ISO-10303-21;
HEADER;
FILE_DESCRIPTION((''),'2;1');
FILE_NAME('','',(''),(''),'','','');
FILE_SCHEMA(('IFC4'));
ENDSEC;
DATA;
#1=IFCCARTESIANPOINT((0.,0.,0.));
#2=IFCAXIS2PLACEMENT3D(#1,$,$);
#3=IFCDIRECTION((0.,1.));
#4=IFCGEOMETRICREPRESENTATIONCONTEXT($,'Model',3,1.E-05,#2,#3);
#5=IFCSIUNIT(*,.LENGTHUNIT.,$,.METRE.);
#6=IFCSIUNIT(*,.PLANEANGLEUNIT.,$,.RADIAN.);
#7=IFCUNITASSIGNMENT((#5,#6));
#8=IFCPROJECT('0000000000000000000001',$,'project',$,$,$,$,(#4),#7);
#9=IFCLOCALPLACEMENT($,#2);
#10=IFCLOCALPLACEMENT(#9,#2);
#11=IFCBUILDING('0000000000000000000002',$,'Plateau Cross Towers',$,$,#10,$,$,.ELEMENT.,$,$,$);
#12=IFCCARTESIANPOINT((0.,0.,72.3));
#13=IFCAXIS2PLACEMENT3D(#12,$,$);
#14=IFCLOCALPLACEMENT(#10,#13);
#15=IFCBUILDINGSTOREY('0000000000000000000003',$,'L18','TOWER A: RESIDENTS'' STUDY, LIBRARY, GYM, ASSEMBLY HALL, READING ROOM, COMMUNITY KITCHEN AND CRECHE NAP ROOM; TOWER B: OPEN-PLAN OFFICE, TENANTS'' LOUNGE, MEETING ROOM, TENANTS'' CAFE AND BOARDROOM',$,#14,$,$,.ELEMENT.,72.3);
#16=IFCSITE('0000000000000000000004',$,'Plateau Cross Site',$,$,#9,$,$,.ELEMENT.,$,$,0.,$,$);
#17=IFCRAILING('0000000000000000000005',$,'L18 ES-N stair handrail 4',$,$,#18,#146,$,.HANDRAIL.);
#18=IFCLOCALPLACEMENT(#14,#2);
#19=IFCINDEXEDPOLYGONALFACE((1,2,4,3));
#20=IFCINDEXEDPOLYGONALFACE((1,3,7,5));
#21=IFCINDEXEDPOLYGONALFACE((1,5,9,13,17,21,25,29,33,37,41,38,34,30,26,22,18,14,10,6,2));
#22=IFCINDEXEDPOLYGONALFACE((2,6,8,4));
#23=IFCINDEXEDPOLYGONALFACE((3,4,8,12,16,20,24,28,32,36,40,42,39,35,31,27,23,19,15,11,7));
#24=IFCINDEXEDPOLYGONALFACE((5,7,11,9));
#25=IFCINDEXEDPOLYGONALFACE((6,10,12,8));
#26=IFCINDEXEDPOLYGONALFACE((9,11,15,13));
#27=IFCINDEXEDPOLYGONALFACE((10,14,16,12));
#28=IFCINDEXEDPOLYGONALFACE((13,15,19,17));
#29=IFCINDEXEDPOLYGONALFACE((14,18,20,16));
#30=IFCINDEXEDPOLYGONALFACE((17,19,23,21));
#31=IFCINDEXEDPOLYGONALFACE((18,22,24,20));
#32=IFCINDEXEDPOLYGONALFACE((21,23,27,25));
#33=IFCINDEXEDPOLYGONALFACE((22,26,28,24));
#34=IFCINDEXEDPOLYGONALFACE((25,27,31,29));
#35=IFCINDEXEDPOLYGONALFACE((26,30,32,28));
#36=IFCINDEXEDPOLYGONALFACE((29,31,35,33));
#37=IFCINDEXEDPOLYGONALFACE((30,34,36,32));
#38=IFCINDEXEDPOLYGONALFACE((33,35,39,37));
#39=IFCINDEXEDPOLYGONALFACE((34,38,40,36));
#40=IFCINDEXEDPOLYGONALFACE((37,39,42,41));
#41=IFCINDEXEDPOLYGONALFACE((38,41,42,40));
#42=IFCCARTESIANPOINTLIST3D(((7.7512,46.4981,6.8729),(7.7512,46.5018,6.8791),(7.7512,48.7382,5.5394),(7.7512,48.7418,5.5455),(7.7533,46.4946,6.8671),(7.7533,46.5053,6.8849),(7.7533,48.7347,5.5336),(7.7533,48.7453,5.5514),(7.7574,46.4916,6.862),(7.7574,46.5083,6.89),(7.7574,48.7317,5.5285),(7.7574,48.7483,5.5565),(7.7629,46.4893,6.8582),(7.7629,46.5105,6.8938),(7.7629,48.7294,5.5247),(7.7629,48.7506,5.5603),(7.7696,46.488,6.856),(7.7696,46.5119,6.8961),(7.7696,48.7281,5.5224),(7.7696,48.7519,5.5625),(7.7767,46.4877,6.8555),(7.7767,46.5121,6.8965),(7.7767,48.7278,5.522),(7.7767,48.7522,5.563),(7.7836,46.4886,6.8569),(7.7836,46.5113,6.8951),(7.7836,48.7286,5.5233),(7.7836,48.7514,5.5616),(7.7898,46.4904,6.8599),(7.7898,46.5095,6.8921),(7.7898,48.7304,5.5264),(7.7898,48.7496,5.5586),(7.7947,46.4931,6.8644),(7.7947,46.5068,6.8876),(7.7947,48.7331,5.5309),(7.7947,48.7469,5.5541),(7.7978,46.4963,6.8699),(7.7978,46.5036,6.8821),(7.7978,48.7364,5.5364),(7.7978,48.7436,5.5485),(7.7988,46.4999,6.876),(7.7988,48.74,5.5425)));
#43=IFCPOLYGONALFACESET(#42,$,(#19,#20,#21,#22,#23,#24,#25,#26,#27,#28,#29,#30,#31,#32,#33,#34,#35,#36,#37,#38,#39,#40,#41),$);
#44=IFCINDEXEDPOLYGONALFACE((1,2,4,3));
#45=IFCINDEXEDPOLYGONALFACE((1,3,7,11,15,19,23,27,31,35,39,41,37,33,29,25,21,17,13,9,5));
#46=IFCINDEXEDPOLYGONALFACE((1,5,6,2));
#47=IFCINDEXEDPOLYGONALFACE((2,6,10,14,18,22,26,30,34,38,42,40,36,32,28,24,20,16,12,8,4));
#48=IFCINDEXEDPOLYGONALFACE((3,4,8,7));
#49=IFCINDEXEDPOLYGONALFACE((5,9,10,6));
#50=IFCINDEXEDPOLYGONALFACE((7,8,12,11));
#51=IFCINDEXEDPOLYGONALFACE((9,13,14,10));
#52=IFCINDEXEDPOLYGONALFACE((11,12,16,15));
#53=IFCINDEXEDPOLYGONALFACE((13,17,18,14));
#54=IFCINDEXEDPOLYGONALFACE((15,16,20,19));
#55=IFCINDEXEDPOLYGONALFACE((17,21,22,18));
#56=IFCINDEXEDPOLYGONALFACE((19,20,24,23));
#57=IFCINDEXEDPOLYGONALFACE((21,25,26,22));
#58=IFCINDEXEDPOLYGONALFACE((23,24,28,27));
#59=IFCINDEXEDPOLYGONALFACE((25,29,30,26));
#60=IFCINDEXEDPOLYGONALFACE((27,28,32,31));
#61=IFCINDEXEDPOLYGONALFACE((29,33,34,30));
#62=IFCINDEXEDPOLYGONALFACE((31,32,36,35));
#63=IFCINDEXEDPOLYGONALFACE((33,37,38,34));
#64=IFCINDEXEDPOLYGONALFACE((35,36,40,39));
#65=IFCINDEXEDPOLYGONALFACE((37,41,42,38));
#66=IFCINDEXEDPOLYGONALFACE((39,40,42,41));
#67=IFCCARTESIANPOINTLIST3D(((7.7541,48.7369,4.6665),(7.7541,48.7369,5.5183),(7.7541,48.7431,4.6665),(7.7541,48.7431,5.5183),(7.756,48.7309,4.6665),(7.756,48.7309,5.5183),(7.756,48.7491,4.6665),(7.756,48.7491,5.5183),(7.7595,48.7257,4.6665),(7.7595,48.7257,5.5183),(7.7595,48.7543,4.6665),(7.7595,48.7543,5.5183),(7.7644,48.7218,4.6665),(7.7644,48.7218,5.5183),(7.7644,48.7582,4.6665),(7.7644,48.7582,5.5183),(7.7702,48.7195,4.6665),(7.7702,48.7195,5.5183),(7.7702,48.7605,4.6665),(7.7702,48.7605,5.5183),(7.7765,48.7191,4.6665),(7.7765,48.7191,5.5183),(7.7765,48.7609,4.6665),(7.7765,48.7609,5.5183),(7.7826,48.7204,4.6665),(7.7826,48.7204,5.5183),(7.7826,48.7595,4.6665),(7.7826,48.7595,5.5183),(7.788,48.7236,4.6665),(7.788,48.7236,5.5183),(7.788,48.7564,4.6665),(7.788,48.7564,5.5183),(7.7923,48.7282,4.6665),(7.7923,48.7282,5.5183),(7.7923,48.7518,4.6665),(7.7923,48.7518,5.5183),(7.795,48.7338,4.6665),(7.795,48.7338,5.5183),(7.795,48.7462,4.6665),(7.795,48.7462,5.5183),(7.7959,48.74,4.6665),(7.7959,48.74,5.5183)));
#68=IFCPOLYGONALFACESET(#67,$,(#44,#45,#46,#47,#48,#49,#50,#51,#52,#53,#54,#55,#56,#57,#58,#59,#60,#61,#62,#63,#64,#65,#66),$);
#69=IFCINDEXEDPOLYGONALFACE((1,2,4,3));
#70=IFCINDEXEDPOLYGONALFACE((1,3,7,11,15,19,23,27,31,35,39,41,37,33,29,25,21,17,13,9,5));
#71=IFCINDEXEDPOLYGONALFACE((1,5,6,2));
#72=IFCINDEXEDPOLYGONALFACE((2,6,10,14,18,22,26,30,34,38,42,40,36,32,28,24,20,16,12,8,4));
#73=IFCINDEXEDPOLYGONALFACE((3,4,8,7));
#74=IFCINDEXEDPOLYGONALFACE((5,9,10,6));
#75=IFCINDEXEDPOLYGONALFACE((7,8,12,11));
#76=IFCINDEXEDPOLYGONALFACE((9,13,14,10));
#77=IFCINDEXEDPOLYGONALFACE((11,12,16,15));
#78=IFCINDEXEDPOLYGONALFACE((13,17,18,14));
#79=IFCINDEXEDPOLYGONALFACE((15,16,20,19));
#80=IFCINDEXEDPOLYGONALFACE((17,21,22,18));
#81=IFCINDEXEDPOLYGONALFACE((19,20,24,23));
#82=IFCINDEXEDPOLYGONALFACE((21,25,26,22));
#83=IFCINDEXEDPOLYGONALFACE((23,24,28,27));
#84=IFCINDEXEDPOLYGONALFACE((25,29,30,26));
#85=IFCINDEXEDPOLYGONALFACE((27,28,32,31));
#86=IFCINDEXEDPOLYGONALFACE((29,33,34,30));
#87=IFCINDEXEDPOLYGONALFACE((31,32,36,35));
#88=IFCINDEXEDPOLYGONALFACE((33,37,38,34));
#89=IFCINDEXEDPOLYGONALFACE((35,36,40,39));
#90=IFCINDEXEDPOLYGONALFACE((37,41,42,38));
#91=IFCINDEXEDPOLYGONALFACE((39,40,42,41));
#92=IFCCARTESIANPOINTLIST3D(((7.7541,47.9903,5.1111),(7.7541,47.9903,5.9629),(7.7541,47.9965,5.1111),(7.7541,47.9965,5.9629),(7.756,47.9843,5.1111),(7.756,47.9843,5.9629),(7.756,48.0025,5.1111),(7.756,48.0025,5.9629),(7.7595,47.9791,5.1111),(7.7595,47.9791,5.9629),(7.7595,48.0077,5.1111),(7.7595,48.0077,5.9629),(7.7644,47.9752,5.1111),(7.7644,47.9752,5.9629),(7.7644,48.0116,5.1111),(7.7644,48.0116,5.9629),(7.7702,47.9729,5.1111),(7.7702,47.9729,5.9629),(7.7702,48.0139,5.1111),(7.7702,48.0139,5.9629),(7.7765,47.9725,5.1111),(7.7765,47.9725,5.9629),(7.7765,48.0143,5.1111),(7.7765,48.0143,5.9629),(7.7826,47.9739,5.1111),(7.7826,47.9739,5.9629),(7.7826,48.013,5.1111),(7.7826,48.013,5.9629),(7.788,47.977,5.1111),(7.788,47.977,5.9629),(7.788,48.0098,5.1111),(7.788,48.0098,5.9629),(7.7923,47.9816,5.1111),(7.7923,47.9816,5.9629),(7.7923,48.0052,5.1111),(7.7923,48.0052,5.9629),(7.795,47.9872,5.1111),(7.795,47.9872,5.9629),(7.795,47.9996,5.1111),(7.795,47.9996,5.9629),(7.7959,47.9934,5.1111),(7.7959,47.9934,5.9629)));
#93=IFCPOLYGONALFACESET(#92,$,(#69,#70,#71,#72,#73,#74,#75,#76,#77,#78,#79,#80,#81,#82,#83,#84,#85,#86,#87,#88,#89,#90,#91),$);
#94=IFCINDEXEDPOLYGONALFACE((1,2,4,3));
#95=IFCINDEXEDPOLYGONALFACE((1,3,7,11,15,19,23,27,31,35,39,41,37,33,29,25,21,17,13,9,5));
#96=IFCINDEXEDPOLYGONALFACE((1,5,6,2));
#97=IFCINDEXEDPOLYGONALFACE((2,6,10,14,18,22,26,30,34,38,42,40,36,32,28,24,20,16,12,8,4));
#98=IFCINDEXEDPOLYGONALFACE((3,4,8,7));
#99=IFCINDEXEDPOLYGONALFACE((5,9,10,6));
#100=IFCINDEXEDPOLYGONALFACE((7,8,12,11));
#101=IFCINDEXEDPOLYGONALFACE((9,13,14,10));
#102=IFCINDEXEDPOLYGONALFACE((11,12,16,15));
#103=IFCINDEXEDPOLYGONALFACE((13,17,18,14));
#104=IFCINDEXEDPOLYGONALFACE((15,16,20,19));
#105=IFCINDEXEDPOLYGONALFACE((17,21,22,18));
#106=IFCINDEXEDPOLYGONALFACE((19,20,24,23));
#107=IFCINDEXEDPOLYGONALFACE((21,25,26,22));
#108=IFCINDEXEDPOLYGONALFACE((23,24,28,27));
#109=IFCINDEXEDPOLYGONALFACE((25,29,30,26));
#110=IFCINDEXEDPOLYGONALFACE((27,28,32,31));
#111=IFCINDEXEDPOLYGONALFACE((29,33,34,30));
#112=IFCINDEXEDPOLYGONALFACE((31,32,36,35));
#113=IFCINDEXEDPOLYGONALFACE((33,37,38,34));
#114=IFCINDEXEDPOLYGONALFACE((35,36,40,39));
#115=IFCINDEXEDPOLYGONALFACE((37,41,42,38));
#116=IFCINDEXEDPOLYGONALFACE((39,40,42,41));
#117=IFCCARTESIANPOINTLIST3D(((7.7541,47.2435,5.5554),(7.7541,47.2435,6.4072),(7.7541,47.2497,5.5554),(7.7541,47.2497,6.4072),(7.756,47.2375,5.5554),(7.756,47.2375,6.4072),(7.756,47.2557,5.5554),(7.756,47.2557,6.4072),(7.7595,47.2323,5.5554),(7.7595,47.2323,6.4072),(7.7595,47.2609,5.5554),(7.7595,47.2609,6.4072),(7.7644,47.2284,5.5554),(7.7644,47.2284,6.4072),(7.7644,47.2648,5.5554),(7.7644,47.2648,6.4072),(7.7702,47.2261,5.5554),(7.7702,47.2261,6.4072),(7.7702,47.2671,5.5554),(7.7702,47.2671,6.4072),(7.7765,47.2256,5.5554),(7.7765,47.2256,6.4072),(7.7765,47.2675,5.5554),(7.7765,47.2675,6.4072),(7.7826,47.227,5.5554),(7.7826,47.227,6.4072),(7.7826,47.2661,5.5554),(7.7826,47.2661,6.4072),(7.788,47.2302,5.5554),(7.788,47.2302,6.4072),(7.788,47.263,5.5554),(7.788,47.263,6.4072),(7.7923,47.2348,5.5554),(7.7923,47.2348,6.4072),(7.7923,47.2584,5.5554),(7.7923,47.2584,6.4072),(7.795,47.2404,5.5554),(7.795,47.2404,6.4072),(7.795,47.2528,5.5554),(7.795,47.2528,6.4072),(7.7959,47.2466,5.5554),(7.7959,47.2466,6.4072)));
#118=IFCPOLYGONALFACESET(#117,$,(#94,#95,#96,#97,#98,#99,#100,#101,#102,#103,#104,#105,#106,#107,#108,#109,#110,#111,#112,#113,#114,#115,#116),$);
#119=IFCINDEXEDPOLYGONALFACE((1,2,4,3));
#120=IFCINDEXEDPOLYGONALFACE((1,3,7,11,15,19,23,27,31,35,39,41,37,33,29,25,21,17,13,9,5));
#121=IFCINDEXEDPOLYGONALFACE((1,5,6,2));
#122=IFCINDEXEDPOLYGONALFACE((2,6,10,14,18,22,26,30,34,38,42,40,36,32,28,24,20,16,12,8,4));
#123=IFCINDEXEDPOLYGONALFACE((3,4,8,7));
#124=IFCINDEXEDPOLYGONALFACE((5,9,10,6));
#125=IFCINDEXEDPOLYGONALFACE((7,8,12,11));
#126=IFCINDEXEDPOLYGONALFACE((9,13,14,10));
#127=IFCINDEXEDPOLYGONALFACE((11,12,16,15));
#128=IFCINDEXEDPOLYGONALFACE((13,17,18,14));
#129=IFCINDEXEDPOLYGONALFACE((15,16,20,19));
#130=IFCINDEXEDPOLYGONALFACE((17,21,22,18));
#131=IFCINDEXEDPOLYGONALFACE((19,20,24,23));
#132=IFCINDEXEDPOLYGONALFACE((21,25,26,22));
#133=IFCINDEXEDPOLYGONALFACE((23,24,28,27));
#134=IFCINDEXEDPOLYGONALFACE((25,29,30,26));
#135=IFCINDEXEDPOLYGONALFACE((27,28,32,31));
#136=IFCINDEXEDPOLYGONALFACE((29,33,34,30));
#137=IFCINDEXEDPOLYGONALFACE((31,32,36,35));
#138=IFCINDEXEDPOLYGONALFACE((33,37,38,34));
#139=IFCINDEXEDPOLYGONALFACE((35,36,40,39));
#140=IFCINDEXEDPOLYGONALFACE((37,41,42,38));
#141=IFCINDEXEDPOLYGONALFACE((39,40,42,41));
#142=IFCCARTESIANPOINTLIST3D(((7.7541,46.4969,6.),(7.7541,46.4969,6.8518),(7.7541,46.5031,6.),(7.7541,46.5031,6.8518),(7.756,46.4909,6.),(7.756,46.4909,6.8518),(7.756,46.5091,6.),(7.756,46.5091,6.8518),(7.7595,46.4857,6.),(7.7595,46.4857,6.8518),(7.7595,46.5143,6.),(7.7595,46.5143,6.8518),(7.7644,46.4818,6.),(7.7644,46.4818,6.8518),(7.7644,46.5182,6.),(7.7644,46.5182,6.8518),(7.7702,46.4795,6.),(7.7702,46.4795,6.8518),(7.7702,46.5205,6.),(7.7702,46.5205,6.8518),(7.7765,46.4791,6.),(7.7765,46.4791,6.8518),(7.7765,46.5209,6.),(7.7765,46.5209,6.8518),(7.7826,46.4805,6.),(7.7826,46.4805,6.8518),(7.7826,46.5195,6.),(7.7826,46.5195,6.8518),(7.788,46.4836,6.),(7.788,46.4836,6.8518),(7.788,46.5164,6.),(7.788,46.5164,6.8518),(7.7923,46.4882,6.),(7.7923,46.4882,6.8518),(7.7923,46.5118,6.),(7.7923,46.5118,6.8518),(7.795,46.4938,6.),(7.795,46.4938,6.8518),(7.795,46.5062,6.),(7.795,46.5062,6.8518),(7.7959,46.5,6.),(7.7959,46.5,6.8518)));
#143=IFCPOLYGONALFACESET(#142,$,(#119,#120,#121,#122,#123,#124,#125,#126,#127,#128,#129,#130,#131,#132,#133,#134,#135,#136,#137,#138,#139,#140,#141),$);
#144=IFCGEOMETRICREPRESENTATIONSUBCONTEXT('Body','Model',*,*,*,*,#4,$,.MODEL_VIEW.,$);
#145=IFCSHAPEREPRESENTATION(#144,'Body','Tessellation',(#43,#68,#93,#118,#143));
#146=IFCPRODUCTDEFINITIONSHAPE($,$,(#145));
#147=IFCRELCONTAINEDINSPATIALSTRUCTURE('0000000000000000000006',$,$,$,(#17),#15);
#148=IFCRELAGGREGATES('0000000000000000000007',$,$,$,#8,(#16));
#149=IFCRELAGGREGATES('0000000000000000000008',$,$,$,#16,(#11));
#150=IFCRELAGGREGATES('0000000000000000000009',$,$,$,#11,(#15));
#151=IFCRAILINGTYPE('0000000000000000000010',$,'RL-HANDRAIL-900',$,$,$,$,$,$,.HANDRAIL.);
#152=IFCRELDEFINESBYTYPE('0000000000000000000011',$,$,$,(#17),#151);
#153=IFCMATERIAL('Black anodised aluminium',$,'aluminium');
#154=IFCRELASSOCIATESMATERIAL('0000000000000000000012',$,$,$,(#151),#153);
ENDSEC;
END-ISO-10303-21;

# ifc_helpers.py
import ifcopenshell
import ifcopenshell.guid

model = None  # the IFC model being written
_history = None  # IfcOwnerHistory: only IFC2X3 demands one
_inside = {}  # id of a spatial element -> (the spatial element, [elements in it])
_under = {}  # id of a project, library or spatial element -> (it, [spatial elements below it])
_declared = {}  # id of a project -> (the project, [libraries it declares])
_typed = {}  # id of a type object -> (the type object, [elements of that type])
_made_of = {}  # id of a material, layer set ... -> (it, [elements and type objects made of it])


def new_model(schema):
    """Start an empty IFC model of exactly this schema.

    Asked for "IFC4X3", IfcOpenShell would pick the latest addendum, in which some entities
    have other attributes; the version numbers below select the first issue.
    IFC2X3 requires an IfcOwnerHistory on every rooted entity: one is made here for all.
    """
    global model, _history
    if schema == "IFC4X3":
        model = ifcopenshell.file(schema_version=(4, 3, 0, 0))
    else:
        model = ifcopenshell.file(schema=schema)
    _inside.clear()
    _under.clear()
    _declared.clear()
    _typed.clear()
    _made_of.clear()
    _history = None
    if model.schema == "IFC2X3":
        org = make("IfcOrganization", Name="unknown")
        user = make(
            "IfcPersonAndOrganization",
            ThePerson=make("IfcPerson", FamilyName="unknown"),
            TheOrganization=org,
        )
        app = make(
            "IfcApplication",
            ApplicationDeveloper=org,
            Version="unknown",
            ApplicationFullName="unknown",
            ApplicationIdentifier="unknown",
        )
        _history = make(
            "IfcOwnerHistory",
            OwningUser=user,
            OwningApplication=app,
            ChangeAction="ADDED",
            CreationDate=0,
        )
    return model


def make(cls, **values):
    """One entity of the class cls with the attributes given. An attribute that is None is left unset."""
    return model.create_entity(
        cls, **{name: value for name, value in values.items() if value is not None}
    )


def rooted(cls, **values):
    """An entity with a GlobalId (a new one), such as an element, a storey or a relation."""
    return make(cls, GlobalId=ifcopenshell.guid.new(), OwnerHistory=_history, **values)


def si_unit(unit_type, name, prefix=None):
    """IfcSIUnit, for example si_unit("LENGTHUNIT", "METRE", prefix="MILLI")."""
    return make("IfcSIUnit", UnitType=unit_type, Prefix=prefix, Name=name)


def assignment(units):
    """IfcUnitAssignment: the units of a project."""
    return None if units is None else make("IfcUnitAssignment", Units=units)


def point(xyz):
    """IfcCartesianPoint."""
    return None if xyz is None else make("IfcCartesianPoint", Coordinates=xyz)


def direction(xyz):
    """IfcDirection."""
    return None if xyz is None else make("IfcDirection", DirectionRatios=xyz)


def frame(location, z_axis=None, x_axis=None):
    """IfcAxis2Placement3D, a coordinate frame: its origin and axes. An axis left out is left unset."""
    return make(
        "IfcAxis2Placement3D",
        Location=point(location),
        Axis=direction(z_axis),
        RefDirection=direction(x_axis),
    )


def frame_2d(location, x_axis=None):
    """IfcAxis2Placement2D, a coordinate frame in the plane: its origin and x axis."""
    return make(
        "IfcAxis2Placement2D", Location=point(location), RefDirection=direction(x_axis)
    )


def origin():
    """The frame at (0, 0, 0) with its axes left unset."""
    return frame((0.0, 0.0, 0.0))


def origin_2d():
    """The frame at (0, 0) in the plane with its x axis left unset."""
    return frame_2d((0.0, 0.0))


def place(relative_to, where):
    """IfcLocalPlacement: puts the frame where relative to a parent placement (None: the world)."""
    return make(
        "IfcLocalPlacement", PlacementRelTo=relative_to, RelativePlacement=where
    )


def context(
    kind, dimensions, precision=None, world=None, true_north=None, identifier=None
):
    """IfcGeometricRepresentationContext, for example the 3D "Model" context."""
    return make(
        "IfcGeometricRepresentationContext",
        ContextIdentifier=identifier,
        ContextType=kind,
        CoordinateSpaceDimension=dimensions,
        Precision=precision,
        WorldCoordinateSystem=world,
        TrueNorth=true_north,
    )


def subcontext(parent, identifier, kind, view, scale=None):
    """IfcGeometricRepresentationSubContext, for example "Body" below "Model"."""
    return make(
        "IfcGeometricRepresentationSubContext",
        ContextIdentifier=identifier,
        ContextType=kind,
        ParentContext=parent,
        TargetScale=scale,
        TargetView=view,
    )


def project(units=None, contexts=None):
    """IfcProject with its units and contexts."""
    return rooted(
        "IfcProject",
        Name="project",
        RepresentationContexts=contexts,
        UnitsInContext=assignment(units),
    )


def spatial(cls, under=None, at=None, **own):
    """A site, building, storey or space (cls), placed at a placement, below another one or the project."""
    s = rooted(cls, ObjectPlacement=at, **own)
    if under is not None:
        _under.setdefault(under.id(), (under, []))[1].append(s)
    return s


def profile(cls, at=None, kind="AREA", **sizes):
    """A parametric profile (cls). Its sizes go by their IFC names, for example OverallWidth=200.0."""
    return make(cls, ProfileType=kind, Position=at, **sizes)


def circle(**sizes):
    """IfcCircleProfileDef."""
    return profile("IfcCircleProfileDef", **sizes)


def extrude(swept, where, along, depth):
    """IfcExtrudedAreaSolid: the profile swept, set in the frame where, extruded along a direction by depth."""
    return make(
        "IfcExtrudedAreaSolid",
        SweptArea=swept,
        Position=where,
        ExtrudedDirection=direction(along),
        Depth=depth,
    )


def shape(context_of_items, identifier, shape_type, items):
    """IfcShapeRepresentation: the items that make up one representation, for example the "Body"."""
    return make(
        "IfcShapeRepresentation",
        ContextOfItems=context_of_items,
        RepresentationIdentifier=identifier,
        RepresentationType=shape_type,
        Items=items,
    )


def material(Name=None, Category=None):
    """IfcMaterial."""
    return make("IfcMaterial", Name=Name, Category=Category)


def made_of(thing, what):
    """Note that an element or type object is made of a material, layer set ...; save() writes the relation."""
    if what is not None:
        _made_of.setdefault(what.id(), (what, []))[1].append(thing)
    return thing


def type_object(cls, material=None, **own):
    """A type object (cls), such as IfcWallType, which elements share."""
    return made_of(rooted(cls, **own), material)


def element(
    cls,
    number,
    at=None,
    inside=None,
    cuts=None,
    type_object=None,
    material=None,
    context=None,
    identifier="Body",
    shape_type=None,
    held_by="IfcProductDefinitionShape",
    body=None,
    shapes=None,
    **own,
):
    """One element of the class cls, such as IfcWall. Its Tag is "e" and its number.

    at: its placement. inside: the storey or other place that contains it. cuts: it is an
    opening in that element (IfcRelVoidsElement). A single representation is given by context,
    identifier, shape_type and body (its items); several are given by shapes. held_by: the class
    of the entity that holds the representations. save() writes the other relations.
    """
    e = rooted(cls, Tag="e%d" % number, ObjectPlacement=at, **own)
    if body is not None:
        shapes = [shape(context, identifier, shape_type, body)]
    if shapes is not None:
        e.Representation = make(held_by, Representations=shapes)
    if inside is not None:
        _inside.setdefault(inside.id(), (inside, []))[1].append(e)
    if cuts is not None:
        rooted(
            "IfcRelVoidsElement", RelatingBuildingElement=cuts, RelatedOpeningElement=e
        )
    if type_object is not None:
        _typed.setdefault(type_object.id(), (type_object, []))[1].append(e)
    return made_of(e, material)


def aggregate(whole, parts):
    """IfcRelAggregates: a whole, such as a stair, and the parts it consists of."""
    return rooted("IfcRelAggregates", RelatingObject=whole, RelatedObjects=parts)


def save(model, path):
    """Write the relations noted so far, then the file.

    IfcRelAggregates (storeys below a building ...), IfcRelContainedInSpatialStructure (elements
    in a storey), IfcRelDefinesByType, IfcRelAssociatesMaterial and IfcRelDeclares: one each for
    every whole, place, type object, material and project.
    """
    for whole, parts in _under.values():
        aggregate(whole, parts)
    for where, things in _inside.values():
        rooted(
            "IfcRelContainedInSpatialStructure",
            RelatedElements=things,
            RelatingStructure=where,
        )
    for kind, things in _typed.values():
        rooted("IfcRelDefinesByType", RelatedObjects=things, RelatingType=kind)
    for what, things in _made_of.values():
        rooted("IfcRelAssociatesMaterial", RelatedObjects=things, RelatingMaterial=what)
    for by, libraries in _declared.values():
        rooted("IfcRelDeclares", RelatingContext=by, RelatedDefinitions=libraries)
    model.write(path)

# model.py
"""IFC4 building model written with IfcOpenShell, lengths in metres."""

from ifc_helpers import new_model, si_unit, direction, frame, origin, origin_2d, place, context, subcontext, project, spatial, circle, extrude, material, type_object, element, save


model = new_model("IFC4")

# Units and contexts
model_context = context("Model", 3, precision=1e-05, world=origin(), true_north=direction((0.0, 1.0)))
body_context = subcontext(model_context, "Body", "Model", "MODEL_VIEW")
ifc_project = project(units=[si_unit("LENGTHUNIT", "METRE"), si_unit("PLANEANGLEUNIT", "RADIAN")], contexts=[model_context])

# Site, building, storey
site_placement = place(None, origin())
site = spatial("IfcSite", under=ifc_project, at=site_placement, Name="Plateau Cross Site", CompositionType="ELEMENT", RefElevation=0.0)
building_placement = place(site_placement, origin())
building = spatial("IfcBuilding", under=site, at=building_placement, Name="Plateau Cross Towers", CompositionType="ELEMENT")
storey_placement = place(building_placement, frame((0.0, 0.0, 72.3)))
storey = spatial("IfcBuildingStorey", under=building, at=storey_placement, Name="L18", Description="TOWER A: RESIDENTS' STUDY, LIBRARY, GYM, ASSEMBLY HALL, READING ROOM, COMMUNITY KITCHEN AND CRECHE NAP ROOM; TOWER B: OPEN-PLAN OFFICE, TENANTS' LOUNGE, MEETING ROOM, TENANTS' CAFE AND BOARDROOM", CompositionType="ELEMENT", Elevation=72.3)

# Shared definitions
ifc_material_1 = material(Name="Black anodised aluminium", Category="aluminium")

# Railing
railing_type_1 = type_object("IfcRailingType", Name="RL-HANDRAIL-900", PredefinedType="HANDRAIL", material=ifc_material_1)
railing_1_placement = place(storey_placement, frame((7.7749, 48.74, 4.6665)))
element("IfcRailing", 1, at=railing_1_placement, inside=storey, type_object=railing_type_1, Name="L18 ES-N stair handrail 4", PredefinedType="HANDRAIL", context=body_context, shape_type="SweptSolid", body=[
    extrude(circle(Radius=0.0239, at=origin_2d()), frame((0.0, 0.0, 0.876), z_axis=(0.0, -0.859264, 0.511532), x_axis=(1.0, 0.0, 0.0)), (0.0, 0.0, 1.0), 2.6069),
    extrude(circle(Radius=0.021, at=origin_2d()), origin(), (0.0, 0.0, 1.0), 0.8518),
    extrude(circle(Radius=0.021, at=origin_2d()), frame((0.0, -0.7466, 0.4446)), (0.0, 0.0, 1.0), 0.8518),
    extrude(circle(Radius=0.021, at=origin_2d()), frame((0.0, -1.4934, 0.8889)), (0.0, 0.0, 1.0), 0.8518),
    extrude(circle(Radius=0.021, at=origin_2d()), frame((0.0, -2.24, 1.3335)), (0.0, 0.0, 1.0), 0.8518),
])

save(model, "model.ifc")
